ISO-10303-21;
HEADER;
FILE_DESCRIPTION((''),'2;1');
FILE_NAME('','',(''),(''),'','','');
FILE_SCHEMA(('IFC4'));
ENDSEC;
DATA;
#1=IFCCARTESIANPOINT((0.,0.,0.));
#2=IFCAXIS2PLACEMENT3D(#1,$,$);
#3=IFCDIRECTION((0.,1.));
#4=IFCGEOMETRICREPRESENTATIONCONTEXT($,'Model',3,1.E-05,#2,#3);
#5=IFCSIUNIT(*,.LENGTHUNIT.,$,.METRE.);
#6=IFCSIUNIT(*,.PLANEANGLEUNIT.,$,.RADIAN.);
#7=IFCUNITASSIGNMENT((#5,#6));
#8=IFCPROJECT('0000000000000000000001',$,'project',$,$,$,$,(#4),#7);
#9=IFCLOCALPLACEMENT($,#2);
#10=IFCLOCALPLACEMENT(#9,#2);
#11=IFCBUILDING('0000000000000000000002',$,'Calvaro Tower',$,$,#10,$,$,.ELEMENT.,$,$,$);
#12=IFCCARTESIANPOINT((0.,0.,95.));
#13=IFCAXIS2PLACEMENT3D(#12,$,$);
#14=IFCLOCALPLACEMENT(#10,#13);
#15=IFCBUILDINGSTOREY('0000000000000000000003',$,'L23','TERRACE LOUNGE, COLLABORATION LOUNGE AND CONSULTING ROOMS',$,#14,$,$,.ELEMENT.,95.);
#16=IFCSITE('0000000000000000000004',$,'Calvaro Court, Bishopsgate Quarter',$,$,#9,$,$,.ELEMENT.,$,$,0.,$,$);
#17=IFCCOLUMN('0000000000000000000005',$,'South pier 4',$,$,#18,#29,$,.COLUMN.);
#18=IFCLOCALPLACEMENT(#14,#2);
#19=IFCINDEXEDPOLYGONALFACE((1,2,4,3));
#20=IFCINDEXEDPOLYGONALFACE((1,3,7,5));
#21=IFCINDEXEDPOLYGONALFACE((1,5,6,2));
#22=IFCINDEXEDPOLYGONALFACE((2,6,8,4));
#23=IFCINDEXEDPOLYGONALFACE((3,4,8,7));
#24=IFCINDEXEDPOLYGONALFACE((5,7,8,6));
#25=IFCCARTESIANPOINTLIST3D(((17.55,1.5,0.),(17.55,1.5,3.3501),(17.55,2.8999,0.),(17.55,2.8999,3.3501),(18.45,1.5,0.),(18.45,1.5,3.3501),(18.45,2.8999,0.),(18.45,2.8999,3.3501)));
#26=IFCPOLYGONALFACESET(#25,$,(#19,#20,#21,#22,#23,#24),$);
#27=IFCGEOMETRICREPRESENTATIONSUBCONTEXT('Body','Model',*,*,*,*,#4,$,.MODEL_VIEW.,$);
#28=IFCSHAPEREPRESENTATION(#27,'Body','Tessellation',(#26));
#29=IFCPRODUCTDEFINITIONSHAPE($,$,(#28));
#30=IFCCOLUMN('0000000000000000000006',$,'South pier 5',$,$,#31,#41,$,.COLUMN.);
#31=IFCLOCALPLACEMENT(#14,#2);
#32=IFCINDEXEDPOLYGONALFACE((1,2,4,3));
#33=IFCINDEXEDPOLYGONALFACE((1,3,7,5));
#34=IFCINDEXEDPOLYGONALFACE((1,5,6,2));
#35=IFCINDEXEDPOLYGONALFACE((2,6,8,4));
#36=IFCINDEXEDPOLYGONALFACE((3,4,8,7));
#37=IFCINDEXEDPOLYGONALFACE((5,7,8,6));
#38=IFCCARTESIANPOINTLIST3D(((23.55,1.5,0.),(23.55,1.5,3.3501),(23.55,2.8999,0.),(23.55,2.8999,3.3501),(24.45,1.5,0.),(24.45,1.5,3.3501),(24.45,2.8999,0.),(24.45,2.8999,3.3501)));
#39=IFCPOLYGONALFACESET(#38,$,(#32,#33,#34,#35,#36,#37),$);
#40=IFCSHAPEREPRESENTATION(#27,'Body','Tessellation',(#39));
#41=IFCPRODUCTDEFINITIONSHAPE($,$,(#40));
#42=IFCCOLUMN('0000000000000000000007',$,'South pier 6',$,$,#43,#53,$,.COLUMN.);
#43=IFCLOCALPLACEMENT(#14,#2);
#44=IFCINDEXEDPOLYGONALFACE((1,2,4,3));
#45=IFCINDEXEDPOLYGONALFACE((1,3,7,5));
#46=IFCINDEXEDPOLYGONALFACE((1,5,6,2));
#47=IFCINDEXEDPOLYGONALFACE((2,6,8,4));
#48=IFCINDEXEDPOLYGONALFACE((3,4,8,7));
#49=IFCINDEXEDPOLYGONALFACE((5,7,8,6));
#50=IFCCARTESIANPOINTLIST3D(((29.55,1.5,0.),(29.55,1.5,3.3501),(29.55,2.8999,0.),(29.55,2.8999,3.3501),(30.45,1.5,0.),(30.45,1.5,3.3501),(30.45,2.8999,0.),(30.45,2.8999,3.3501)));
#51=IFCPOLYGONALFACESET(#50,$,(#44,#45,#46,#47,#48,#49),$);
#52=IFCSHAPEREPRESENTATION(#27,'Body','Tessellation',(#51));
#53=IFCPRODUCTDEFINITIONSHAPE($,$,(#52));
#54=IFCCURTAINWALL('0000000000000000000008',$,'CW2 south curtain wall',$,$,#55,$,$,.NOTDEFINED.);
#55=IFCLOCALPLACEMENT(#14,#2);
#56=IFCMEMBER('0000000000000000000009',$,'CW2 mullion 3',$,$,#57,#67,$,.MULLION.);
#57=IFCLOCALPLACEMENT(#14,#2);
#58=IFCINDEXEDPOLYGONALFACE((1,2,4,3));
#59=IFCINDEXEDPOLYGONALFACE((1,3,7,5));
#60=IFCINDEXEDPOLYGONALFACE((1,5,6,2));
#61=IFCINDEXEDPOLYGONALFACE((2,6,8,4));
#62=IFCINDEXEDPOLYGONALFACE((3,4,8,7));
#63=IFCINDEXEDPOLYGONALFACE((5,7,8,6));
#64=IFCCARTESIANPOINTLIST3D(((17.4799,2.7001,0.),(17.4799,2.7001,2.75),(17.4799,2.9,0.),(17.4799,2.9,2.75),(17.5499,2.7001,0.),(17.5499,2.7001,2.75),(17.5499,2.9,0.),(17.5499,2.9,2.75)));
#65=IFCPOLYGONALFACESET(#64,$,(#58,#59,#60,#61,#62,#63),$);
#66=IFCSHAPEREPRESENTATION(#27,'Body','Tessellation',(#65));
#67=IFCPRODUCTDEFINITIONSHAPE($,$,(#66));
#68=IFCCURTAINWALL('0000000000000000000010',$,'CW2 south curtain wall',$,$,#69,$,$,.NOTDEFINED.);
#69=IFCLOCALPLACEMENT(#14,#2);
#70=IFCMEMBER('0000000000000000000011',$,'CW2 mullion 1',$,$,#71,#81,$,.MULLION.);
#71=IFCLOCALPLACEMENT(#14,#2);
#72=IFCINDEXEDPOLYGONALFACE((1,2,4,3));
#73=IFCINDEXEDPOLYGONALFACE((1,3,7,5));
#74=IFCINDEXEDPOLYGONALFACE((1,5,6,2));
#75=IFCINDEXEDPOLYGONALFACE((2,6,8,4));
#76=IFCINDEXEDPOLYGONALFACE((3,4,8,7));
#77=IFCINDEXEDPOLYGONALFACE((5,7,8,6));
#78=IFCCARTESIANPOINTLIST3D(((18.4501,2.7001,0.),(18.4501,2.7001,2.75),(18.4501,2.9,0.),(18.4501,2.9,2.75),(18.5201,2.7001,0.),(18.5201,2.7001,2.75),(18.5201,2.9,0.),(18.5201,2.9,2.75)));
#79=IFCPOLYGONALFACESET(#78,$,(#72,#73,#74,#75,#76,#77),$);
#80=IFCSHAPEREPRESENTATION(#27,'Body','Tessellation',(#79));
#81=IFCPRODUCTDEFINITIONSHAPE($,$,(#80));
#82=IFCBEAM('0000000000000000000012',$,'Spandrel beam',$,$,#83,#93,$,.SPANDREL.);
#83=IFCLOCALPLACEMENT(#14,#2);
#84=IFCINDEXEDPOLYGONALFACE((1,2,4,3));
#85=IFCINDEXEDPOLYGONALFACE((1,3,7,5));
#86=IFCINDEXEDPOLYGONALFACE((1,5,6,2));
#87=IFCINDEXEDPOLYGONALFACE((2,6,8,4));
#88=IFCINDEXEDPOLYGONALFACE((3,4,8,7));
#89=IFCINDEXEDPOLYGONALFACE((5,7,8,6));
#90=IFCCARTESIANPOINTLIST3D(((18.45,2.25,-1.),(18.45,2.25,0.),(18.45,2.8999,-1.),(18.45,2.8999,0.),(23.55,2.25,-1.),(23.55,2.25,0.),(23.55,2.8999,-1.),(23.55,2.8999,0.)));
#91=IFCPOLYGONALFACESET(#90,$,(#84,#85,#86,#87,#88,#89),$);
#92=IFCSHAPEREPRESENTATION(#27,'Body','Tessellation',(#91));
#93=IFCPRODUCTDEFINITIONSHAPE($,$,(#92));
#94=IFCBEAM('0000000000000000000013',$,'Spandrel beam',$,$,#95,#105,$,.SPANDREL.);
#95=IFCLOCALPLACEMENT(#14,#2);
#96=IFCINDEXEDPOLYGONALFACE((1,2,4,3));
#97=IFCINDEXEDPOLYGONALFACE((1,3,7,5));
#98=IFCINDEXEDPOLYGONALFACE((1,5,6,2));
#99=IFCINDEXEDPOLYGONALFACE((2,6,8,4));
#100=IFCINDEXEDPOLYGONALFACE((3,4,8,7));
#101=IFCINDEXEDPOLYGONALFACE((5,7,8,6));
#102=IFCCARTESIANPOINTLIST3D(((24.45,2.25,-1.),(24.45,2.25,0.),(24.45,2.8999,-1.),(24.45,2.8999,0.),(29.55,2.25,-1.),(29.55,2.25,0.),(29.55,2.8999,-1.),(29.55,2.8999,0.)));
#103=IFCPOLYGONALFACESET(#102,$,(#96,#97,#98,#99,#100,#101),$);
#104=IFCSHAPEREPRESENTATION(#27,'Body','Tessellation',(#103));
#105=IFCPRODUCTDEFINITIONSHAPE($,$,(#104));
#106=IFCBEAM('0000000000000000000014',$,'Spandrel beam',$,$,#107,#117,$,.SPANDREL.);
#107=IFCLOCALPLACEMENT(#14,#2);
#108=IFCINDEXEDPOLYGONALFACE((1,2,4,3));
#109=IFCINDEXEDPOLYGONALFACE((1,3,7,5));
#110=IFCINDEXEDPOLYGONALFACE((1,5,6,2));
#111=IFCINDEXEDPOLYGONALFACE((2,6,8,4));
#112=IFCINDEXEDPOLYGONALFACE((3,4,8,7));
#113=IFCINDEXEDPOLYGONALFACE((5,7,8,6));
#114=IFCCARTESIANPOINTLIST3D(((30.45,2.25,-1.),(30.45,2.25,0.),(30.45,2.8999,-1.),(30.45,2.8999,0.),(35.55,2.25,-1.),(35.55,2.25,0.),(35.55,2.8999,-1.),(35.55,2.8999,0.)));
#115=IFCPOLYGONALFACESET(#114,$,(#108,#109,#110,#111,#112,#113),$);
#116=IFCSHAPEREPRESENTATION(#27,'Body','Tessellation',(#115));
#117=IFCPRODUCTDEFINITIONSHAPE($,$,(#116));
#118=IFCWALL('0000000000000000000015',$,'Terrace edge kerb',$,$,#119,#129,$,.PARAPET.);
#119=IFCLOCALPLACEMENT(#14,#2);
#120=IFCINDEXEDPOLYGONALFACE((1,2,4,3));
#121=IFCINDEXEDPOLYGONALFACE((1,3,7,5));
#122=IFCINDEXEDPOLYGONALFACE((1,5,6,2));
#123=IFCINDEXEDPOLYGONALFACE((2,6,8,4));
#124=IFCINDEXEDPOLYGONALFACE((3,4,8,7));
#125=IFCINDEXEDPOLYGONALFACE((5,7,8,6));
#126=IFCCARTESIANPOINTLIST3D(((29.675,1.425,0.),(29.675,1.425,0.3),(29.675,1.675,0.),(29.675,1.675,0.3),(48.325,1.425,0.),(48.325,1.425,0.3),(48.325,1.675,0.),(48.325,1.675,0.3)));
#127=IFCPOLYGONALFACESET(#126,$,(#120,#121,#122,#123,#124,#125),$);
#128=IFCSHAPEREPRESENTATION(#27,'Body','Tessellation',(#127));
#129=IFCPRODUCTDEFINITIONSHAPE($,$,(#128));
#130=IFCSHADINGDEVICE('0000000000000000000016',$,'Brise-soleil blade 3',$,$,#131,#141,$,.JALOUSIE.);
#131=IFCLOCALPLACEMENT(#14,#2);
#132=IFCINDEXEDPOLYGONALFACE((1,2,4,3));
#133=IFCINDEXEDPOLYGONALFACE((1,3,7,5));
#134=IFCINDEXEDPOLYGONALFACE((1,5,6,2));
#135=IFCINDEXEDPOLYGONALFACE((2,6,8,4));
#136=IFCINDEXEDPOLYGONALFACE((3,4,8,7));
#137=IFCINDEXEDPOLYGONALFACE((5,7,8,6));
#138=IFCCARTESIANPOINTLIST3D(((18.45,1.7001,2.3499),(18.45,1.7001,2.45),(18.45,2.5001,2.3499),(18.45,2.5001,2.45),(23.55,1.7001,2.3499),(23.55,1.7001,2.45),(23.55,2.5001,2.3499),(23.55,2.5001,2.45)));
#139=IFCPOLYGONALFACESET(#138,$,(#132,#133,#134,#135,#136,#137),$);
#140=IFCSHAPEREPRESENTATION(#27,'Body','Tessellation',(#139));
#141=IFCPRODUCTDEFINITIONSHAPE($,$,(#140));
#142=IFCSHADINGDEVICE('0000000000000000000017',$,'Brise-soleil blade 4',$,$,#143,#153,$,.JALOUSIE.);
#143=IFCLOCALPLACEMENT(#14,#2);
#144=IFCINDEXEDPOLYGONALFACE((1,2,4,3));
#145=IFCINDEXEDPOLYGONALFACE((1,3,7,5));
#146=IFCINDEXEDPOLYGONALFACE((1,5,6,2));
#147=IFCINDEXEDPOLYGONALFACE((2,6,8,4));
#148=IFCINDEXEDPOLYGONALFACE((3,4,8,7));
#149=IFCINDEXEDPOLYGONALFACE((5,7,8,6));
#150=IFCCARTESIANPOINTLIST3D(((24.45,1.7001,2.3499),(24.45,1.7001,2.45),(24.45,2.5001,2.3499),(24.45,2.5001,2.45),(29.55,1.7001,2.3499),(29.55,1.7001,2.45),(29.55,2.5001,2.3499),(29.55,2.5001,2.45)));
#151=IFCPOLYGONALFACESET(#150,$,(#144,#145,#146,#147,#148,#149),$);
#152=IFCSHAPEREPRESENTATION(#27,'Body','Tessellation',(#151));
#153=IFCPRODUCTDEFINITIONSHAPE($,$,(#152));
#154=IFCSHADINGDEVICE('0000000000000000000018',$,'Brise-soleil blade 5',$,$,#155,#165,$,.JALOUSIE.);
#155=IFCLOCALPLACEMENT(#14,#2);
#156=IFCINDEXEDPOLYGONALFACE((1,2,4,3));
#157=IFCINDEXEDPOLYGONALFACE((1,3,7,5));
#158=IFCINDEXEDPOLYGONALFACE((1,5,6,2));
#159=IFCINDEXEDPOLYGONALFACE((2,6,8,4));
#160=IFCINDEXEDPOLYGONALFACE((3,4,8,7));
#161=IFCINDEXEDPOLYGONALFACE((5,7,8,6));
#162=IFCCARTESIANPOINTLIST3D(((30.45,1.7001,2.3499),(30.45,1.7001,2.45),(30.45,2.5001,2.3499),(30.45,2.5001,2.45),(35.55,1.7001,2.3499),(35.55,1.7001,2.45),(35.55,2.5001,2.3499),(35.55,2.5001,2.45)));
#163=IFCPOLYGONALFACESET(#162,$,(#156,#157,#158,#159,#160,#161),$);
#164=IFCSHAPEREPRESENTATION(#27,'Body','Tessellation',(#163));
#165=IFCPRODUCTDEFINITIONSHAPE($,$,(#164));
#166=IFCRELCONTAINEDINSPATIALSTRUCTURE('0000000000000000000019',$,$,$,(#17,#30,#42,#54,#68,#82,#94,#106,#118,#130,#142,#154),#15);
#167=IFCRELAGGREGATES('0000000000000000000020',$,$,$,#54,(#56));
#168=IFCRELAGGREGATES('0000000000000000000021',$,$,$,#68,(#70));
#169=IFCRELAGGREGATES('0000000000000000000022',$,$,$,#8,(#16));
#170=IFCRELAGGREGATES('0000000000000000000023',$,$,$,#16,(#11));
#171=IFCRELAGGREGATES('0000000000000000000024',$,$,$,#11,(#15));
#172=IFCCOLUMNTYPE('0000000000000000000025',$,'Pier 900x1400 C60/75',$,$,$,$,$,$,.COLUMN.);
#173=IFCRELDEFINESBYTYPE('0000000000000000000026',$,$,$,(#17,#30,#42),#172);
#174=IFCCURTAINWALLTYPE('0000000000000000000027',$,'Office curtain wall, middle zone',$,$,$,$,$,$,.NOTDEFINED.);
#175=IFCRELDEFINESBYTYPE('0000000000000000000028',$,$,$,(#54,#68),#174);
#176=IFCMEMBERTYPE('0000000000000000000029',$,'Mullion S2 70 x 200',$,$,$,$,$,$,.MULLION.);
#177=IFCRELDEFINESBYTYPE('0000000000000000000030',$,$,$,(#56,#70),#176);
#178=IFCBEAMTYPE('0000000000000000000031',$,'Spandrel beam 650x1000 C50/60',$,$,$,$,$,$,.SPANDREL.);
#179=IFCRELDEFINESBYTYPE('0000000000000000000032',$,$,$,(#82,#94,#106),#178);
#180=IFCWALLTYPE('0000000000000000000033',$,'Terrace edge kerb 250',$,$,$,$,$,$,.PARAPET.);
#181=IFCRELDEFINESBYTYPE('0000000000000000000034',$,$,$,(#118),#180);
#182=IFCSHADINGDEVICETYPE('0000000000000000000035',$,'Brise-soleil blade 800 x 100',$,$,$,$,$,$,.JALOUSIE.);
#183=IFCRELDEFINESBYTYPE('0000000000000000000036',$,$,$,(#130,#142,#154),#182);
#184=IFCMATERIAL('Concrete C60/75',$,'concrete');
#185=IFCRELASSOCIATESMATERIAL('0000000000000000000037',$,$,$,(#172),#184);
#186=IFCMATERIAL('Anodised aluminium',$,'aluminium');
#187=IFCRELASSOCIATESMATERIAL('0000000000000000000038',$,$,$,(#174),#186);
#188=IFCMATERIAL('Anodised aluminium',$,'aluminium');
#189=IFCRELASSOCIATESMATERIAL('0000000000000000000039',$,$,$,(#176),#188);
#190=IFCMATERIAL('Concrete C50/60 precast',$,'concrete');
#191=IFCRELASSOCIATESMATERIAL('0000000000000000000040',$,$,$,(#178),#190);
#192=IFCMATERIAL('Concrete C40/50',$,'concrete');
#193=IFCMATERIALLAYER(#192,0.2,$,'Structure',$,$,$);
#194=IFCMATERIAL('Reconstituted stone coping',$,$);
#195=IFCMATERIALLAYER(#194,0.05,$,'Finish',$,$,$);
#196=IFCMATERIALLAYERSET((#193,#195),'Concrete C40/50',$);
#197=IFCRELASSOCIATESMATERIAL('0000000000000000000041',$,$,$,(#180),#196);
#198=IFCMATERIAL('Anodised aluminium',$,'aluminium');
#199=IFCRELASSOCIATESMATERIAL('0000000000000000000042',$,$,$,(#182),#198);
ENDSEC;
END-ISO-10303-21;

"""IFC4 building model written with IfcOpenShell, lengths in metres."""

from ifc_helpers import new_model, si_unit, direction, frame, frame_2d, origin, origin_2d, place, context, subcontext, project, spatial, rectangle, extrude, material, layer, layer_set, material_profile, profile_set, type_object, element, aggregate, save


model = new_model("IFC4")

# Units and contexts
model_context = context("Model", 3, precision=1e-05, world=origin(), true_north=direction((0.0, 1.0)))
body_context = subcontext(model_context, "Body", "Model", "MODEL_VIEW")
ifc_project = project(units=[si_unit("LENGTHUNIT", "METRE"), si_unit("PLANEANGLEUNIT", "RADIAN")], contexts=[model_context])

# Site, building, storey
site_placement = place(None, origin())
site = spatial("IfcSite", under=ifc_project, at=site_placement, Name="Calvaro Court, Bishopsgate Quarter", CompositionType="ELEMENT", RefElevation=0.0)
building_placement = place(site_placement, origin())
building = spatial("IfcBuilding", under=site, at=building_placement, Name="Calvaro Tower", CompositionType="ELEMENT")
storey_placement = place(building_placement, frame((0.0, 0.0, 95.0)))
storey = spatial("IfcBuildingStorey", under=building, at=storey_placement, Name="L23", Description="TERRACE LOUNGE, COLLABORATION LOUNGE AND CONSULTING ROOMS", CompositionType="ELEMENT", Elevation=95.0)

# Columns
ifc_material_1 = material(Name="Concrete C60/75", Category="concrete")
ifc_material_profile_1 = material_profile(ifc_material_1, rectangle(XDim=0.8999, YDim=1.3999, at=origin_2d()), Name="RC 900x1400")
ifc_profile_set_1 = profile_set([ifc_material_profile_1], Name="Concrete C60/75")
column_type = type_object("IfcColumnType", Name="Pier 900x1400 C60/75", PredefinedType="COLUMN", material=ifc_profile_set_1)
for number, where, z_axis, x_axis, name in (
    (1, (18.0, 2.2, 0.0), (0.0, 0.0, 1.0), (1.0, 0.0, 0.0), "South pier 4"),
    (2, (24.0, 2.2, 0.0), (0.0, 0.0, 1.0), (1.0, 0.0, 0.0), "South pier 5"),
    (3, (30.0, 2.2, 0.0), (0.0, 0.0, 1.0), (1.0, 0.0, 0.0), "South pier 6"),
):
    element("IfcColumn", number, at=place(storey_placement, frame(where, z_axis=z_axis, x_axis=x_axis)), inside=storey, type_object=column_type, Name=name, PredefinedType="COLUMN", context=body_context, shape_type="SweptSolid", body=[
        extrude(rectangle(XDim=0.8999, YDim=1.3999, at=origin_2d()), origin(), (0.0, 0.0, 1.0), 3.3501),
    ])

# Curtain walls, members
ifc_material_2 = material(Name="Anodised aluminium", Category="aluminium")
curtain_wall_type = type_object("IfcCurtainWallType", Name="Office curtain wall, middle zone", PredefinedType="NOTDEFINED", material=ifc_material_2)
curtain_wall_1_placement = place(storey_placement, origin())
curtain_wall_1 = element("IfcCurtainWall", 4, at=curtain_wall_1_placement, inside=storey, type_object=curtain_wall_type, Name="CW2 south curtain wall", PredefinedType="NOTDEFINED")
ifc_material_3 = material(Name="Anodised aluminium", Category="aluminium")
ifc_material_profile_2 = material_profile(ifc_material_3, rectangle(XDim=0.2, YDim=0.0701, at=origin_2d()), Name="Mullion S2 70 x 200")
ifc_profile_set_2 = profile_set([ifc_material_profile_2], Name="Anodised aluminium")
member_type = type_object("IfcMemberType", Name="Mullion S2 70 x 200", PredefinedType="MULLION", material=ifc_profile_set_2)
member_1_placement = place(storey_placement, frame((17.5149, 2.8, 0.0), z_axis=(0.0, 0.0, 1.0), x_axis=(0.0, 1.0, 0.0)))
member_1 = element("IfcMember", 5, at=member_1_placement, type_object=member_type, Name="CW2 mullion 3", PredefinedType="MULLION", context=body_context, shape_type="SweptSolid", body=[
    extrude(rectangle(XDim=0.2, YDim=0.0701, at=origin_2d()), origin(), (0.0, 0.0, 1.0), 2.75),
])
aggregate(curtain_wall_1, [member_1])
curtain_wall_2_placement = place(storey_placement, origin())
curtain_wall_2 = element("IfcCurtainWall", 6, at=curtain_wall_2_placement, inside=storey, type_object=curtain_wall_type, Name="CW2 south curtain wall", PredefinedType="NOTDEFINED")
member_2_placement = place(storey_placement, frame((18.4851, 2.8, 0.0), z_axis=(0.0, 0.0, 1.0), x_axis=(0.0, 1.0, 0.0)))
member_2 = element("IfcMember", 7, at=member_2_placement, type_object=member_type, Name="CW2 mullion 1", PredefinedType="MULLION", context=body_context, shape_type="SweptSolid", body=[
    extrude(rectangle(XDim=0.2, YDim=0.0701, at=origin_2d()), origin(), (0.0, 0.0, 1.0), 2.75),
])
aggregate(curtain_wall_2, [member_2])

# Beams
ifc_material_4 = material(Name="Concrete C50/60 precast", Category="concrete")
ifc_material_profile_3 = material_profile(ifc_material_4, rectangle(XDim=0.6499, YDim=1.0, at=origin_2d()), Name="RC 650x1000")
ifc_profile_set_3 = profile_set([ifc_material_profile_3], Name="Concrete C50/60 precast")
beam_type = type_object("IfcBeamType", Name="Spandrel beam 650x1000 C50/60", PredefinedType="SPANDREL", material=ifc_profile_set_3)
for number, where, z_axis, x_axis, name in (
    (8, (18.45, 2.575, -0.5), (1.0, 0.0, 0.0), (0.0, 1.0, 0.0), "Spandrel beam"),
    (9, (24.45, 2.575, -0.5), (1.0, 0.0, 0.0), (0.0, 1.0, 0.0), "Spandrel beam"),
    (10, (30.45, 2.575, -0.5), (1.0, 0.0, 0.0), (0.0, 1.0, 0.0), "Spandrel beam"),
):
    element("IfcBeam", number, at=place(storey_placement, frame(where, z_axis=z_axis, x_axis=x_axis)), inside=storey, type_object=beam_type, Name=name, PredefinedType="SPANDREL", context=body_context, shape_type="SweptSolid", body=[
        extrude(rectangle(XDim=0.6499, YDim=1.0, at=origin_2d()), origin(), (0.0, 0.0, 1.0), 5.1001),
    ])

# Wall
ifc_material_5 = material(Name="Concrete C40/50", Category="concrete")
ifc_layer_1 = layer(ifc_material_5, 0.2, Name="Structure")
ifc_material_6 = material(Name="Reconstituted stone coping")
ifc_layer_2 = layer(ifc_material_6, 0.05, Name="Finish")
ifc_layer_set = layer_set([ifc_layer_1, ifc_layer_2], Name="Concrete C40/50")
wall_type = type_object("IfcWallType", Name="Terrace edge kerb 250", PredefinedType="PARAPET", material=ifc_layer_set)
wall_placement = place(storey_placement, frame((29.675, 1.55, 0.0), z_axis=(0.0, 0.0, 1.0), x_axis=(1.0, 0.0, 0.0)))
element("IfcWall", 11, at=wall_placement, inside=storey, type_object=wall_type, Name="Terrace edge kerb", PredefinedType="PARAPET", context=body_context, shape_type="SweptSolid", body=[
    extrude(rectangle(XDim=18.6499, YDim=0.25, at=frame_2d((9.325, 0.0))), origin(), (0.0, 0.0, 1.0), 0.3),
])

# Shading devices
ifc_material_7 = material(Name="Anodised aluminium", Category="aluminium")
ifc_material_profile_4 = material_profile(ifc_material_7, rectangle(XDim=0.8, YDim=0.1001, at=origin_2d()), Name="Brise-soleil blade 800 x 100")
ifc_profile_set_4 = profile_set([ifc_material_profile_4], Name="Anodised aluminium")
shading_device_type = type_object("IfcShadingDeviceType", Name="Brise-soleil blade 800 x 100", PredefinedType="JALOUSIE", material=ifc_profile_set_4)
for number, where, z_axis, x_axis, name in (
    (12, (18.45, 2.1001, 2.3999), (1.0, 0.0, 0.0), (0.0, 1.0, 0.0), "Brise-soleil blade 3"),
    (13, (24.45, 2.1001, 2.3999), (1.0, 0.0, 0.0), (0.0, 1.0, 0.0), "Brise-soleil blade 4"),
    (14, (30.45, 2.1001, 2.3999), (1.0, 0.0, 0.0), (0.0, 1.0, 0.0), "Brise-soleil blade 5"),
):
    element("IfcShadingDevice", number, at=place(storey_placement, frame(where, z_axis=z_axis, x_axis=x_axis)), inside=storey, type_object=shading_device_type, Name=name, PredefinedType="JALOUSIE", context=body_context, shape_type="SweptSolid", body=[
        extrude(rectangle(XDim=0.8, YDim=0.1001, at=origin_2d()), origin(), (0.0, 0.0, 1.0), 5.1001),
    ])

save(model, "model.ifc")
